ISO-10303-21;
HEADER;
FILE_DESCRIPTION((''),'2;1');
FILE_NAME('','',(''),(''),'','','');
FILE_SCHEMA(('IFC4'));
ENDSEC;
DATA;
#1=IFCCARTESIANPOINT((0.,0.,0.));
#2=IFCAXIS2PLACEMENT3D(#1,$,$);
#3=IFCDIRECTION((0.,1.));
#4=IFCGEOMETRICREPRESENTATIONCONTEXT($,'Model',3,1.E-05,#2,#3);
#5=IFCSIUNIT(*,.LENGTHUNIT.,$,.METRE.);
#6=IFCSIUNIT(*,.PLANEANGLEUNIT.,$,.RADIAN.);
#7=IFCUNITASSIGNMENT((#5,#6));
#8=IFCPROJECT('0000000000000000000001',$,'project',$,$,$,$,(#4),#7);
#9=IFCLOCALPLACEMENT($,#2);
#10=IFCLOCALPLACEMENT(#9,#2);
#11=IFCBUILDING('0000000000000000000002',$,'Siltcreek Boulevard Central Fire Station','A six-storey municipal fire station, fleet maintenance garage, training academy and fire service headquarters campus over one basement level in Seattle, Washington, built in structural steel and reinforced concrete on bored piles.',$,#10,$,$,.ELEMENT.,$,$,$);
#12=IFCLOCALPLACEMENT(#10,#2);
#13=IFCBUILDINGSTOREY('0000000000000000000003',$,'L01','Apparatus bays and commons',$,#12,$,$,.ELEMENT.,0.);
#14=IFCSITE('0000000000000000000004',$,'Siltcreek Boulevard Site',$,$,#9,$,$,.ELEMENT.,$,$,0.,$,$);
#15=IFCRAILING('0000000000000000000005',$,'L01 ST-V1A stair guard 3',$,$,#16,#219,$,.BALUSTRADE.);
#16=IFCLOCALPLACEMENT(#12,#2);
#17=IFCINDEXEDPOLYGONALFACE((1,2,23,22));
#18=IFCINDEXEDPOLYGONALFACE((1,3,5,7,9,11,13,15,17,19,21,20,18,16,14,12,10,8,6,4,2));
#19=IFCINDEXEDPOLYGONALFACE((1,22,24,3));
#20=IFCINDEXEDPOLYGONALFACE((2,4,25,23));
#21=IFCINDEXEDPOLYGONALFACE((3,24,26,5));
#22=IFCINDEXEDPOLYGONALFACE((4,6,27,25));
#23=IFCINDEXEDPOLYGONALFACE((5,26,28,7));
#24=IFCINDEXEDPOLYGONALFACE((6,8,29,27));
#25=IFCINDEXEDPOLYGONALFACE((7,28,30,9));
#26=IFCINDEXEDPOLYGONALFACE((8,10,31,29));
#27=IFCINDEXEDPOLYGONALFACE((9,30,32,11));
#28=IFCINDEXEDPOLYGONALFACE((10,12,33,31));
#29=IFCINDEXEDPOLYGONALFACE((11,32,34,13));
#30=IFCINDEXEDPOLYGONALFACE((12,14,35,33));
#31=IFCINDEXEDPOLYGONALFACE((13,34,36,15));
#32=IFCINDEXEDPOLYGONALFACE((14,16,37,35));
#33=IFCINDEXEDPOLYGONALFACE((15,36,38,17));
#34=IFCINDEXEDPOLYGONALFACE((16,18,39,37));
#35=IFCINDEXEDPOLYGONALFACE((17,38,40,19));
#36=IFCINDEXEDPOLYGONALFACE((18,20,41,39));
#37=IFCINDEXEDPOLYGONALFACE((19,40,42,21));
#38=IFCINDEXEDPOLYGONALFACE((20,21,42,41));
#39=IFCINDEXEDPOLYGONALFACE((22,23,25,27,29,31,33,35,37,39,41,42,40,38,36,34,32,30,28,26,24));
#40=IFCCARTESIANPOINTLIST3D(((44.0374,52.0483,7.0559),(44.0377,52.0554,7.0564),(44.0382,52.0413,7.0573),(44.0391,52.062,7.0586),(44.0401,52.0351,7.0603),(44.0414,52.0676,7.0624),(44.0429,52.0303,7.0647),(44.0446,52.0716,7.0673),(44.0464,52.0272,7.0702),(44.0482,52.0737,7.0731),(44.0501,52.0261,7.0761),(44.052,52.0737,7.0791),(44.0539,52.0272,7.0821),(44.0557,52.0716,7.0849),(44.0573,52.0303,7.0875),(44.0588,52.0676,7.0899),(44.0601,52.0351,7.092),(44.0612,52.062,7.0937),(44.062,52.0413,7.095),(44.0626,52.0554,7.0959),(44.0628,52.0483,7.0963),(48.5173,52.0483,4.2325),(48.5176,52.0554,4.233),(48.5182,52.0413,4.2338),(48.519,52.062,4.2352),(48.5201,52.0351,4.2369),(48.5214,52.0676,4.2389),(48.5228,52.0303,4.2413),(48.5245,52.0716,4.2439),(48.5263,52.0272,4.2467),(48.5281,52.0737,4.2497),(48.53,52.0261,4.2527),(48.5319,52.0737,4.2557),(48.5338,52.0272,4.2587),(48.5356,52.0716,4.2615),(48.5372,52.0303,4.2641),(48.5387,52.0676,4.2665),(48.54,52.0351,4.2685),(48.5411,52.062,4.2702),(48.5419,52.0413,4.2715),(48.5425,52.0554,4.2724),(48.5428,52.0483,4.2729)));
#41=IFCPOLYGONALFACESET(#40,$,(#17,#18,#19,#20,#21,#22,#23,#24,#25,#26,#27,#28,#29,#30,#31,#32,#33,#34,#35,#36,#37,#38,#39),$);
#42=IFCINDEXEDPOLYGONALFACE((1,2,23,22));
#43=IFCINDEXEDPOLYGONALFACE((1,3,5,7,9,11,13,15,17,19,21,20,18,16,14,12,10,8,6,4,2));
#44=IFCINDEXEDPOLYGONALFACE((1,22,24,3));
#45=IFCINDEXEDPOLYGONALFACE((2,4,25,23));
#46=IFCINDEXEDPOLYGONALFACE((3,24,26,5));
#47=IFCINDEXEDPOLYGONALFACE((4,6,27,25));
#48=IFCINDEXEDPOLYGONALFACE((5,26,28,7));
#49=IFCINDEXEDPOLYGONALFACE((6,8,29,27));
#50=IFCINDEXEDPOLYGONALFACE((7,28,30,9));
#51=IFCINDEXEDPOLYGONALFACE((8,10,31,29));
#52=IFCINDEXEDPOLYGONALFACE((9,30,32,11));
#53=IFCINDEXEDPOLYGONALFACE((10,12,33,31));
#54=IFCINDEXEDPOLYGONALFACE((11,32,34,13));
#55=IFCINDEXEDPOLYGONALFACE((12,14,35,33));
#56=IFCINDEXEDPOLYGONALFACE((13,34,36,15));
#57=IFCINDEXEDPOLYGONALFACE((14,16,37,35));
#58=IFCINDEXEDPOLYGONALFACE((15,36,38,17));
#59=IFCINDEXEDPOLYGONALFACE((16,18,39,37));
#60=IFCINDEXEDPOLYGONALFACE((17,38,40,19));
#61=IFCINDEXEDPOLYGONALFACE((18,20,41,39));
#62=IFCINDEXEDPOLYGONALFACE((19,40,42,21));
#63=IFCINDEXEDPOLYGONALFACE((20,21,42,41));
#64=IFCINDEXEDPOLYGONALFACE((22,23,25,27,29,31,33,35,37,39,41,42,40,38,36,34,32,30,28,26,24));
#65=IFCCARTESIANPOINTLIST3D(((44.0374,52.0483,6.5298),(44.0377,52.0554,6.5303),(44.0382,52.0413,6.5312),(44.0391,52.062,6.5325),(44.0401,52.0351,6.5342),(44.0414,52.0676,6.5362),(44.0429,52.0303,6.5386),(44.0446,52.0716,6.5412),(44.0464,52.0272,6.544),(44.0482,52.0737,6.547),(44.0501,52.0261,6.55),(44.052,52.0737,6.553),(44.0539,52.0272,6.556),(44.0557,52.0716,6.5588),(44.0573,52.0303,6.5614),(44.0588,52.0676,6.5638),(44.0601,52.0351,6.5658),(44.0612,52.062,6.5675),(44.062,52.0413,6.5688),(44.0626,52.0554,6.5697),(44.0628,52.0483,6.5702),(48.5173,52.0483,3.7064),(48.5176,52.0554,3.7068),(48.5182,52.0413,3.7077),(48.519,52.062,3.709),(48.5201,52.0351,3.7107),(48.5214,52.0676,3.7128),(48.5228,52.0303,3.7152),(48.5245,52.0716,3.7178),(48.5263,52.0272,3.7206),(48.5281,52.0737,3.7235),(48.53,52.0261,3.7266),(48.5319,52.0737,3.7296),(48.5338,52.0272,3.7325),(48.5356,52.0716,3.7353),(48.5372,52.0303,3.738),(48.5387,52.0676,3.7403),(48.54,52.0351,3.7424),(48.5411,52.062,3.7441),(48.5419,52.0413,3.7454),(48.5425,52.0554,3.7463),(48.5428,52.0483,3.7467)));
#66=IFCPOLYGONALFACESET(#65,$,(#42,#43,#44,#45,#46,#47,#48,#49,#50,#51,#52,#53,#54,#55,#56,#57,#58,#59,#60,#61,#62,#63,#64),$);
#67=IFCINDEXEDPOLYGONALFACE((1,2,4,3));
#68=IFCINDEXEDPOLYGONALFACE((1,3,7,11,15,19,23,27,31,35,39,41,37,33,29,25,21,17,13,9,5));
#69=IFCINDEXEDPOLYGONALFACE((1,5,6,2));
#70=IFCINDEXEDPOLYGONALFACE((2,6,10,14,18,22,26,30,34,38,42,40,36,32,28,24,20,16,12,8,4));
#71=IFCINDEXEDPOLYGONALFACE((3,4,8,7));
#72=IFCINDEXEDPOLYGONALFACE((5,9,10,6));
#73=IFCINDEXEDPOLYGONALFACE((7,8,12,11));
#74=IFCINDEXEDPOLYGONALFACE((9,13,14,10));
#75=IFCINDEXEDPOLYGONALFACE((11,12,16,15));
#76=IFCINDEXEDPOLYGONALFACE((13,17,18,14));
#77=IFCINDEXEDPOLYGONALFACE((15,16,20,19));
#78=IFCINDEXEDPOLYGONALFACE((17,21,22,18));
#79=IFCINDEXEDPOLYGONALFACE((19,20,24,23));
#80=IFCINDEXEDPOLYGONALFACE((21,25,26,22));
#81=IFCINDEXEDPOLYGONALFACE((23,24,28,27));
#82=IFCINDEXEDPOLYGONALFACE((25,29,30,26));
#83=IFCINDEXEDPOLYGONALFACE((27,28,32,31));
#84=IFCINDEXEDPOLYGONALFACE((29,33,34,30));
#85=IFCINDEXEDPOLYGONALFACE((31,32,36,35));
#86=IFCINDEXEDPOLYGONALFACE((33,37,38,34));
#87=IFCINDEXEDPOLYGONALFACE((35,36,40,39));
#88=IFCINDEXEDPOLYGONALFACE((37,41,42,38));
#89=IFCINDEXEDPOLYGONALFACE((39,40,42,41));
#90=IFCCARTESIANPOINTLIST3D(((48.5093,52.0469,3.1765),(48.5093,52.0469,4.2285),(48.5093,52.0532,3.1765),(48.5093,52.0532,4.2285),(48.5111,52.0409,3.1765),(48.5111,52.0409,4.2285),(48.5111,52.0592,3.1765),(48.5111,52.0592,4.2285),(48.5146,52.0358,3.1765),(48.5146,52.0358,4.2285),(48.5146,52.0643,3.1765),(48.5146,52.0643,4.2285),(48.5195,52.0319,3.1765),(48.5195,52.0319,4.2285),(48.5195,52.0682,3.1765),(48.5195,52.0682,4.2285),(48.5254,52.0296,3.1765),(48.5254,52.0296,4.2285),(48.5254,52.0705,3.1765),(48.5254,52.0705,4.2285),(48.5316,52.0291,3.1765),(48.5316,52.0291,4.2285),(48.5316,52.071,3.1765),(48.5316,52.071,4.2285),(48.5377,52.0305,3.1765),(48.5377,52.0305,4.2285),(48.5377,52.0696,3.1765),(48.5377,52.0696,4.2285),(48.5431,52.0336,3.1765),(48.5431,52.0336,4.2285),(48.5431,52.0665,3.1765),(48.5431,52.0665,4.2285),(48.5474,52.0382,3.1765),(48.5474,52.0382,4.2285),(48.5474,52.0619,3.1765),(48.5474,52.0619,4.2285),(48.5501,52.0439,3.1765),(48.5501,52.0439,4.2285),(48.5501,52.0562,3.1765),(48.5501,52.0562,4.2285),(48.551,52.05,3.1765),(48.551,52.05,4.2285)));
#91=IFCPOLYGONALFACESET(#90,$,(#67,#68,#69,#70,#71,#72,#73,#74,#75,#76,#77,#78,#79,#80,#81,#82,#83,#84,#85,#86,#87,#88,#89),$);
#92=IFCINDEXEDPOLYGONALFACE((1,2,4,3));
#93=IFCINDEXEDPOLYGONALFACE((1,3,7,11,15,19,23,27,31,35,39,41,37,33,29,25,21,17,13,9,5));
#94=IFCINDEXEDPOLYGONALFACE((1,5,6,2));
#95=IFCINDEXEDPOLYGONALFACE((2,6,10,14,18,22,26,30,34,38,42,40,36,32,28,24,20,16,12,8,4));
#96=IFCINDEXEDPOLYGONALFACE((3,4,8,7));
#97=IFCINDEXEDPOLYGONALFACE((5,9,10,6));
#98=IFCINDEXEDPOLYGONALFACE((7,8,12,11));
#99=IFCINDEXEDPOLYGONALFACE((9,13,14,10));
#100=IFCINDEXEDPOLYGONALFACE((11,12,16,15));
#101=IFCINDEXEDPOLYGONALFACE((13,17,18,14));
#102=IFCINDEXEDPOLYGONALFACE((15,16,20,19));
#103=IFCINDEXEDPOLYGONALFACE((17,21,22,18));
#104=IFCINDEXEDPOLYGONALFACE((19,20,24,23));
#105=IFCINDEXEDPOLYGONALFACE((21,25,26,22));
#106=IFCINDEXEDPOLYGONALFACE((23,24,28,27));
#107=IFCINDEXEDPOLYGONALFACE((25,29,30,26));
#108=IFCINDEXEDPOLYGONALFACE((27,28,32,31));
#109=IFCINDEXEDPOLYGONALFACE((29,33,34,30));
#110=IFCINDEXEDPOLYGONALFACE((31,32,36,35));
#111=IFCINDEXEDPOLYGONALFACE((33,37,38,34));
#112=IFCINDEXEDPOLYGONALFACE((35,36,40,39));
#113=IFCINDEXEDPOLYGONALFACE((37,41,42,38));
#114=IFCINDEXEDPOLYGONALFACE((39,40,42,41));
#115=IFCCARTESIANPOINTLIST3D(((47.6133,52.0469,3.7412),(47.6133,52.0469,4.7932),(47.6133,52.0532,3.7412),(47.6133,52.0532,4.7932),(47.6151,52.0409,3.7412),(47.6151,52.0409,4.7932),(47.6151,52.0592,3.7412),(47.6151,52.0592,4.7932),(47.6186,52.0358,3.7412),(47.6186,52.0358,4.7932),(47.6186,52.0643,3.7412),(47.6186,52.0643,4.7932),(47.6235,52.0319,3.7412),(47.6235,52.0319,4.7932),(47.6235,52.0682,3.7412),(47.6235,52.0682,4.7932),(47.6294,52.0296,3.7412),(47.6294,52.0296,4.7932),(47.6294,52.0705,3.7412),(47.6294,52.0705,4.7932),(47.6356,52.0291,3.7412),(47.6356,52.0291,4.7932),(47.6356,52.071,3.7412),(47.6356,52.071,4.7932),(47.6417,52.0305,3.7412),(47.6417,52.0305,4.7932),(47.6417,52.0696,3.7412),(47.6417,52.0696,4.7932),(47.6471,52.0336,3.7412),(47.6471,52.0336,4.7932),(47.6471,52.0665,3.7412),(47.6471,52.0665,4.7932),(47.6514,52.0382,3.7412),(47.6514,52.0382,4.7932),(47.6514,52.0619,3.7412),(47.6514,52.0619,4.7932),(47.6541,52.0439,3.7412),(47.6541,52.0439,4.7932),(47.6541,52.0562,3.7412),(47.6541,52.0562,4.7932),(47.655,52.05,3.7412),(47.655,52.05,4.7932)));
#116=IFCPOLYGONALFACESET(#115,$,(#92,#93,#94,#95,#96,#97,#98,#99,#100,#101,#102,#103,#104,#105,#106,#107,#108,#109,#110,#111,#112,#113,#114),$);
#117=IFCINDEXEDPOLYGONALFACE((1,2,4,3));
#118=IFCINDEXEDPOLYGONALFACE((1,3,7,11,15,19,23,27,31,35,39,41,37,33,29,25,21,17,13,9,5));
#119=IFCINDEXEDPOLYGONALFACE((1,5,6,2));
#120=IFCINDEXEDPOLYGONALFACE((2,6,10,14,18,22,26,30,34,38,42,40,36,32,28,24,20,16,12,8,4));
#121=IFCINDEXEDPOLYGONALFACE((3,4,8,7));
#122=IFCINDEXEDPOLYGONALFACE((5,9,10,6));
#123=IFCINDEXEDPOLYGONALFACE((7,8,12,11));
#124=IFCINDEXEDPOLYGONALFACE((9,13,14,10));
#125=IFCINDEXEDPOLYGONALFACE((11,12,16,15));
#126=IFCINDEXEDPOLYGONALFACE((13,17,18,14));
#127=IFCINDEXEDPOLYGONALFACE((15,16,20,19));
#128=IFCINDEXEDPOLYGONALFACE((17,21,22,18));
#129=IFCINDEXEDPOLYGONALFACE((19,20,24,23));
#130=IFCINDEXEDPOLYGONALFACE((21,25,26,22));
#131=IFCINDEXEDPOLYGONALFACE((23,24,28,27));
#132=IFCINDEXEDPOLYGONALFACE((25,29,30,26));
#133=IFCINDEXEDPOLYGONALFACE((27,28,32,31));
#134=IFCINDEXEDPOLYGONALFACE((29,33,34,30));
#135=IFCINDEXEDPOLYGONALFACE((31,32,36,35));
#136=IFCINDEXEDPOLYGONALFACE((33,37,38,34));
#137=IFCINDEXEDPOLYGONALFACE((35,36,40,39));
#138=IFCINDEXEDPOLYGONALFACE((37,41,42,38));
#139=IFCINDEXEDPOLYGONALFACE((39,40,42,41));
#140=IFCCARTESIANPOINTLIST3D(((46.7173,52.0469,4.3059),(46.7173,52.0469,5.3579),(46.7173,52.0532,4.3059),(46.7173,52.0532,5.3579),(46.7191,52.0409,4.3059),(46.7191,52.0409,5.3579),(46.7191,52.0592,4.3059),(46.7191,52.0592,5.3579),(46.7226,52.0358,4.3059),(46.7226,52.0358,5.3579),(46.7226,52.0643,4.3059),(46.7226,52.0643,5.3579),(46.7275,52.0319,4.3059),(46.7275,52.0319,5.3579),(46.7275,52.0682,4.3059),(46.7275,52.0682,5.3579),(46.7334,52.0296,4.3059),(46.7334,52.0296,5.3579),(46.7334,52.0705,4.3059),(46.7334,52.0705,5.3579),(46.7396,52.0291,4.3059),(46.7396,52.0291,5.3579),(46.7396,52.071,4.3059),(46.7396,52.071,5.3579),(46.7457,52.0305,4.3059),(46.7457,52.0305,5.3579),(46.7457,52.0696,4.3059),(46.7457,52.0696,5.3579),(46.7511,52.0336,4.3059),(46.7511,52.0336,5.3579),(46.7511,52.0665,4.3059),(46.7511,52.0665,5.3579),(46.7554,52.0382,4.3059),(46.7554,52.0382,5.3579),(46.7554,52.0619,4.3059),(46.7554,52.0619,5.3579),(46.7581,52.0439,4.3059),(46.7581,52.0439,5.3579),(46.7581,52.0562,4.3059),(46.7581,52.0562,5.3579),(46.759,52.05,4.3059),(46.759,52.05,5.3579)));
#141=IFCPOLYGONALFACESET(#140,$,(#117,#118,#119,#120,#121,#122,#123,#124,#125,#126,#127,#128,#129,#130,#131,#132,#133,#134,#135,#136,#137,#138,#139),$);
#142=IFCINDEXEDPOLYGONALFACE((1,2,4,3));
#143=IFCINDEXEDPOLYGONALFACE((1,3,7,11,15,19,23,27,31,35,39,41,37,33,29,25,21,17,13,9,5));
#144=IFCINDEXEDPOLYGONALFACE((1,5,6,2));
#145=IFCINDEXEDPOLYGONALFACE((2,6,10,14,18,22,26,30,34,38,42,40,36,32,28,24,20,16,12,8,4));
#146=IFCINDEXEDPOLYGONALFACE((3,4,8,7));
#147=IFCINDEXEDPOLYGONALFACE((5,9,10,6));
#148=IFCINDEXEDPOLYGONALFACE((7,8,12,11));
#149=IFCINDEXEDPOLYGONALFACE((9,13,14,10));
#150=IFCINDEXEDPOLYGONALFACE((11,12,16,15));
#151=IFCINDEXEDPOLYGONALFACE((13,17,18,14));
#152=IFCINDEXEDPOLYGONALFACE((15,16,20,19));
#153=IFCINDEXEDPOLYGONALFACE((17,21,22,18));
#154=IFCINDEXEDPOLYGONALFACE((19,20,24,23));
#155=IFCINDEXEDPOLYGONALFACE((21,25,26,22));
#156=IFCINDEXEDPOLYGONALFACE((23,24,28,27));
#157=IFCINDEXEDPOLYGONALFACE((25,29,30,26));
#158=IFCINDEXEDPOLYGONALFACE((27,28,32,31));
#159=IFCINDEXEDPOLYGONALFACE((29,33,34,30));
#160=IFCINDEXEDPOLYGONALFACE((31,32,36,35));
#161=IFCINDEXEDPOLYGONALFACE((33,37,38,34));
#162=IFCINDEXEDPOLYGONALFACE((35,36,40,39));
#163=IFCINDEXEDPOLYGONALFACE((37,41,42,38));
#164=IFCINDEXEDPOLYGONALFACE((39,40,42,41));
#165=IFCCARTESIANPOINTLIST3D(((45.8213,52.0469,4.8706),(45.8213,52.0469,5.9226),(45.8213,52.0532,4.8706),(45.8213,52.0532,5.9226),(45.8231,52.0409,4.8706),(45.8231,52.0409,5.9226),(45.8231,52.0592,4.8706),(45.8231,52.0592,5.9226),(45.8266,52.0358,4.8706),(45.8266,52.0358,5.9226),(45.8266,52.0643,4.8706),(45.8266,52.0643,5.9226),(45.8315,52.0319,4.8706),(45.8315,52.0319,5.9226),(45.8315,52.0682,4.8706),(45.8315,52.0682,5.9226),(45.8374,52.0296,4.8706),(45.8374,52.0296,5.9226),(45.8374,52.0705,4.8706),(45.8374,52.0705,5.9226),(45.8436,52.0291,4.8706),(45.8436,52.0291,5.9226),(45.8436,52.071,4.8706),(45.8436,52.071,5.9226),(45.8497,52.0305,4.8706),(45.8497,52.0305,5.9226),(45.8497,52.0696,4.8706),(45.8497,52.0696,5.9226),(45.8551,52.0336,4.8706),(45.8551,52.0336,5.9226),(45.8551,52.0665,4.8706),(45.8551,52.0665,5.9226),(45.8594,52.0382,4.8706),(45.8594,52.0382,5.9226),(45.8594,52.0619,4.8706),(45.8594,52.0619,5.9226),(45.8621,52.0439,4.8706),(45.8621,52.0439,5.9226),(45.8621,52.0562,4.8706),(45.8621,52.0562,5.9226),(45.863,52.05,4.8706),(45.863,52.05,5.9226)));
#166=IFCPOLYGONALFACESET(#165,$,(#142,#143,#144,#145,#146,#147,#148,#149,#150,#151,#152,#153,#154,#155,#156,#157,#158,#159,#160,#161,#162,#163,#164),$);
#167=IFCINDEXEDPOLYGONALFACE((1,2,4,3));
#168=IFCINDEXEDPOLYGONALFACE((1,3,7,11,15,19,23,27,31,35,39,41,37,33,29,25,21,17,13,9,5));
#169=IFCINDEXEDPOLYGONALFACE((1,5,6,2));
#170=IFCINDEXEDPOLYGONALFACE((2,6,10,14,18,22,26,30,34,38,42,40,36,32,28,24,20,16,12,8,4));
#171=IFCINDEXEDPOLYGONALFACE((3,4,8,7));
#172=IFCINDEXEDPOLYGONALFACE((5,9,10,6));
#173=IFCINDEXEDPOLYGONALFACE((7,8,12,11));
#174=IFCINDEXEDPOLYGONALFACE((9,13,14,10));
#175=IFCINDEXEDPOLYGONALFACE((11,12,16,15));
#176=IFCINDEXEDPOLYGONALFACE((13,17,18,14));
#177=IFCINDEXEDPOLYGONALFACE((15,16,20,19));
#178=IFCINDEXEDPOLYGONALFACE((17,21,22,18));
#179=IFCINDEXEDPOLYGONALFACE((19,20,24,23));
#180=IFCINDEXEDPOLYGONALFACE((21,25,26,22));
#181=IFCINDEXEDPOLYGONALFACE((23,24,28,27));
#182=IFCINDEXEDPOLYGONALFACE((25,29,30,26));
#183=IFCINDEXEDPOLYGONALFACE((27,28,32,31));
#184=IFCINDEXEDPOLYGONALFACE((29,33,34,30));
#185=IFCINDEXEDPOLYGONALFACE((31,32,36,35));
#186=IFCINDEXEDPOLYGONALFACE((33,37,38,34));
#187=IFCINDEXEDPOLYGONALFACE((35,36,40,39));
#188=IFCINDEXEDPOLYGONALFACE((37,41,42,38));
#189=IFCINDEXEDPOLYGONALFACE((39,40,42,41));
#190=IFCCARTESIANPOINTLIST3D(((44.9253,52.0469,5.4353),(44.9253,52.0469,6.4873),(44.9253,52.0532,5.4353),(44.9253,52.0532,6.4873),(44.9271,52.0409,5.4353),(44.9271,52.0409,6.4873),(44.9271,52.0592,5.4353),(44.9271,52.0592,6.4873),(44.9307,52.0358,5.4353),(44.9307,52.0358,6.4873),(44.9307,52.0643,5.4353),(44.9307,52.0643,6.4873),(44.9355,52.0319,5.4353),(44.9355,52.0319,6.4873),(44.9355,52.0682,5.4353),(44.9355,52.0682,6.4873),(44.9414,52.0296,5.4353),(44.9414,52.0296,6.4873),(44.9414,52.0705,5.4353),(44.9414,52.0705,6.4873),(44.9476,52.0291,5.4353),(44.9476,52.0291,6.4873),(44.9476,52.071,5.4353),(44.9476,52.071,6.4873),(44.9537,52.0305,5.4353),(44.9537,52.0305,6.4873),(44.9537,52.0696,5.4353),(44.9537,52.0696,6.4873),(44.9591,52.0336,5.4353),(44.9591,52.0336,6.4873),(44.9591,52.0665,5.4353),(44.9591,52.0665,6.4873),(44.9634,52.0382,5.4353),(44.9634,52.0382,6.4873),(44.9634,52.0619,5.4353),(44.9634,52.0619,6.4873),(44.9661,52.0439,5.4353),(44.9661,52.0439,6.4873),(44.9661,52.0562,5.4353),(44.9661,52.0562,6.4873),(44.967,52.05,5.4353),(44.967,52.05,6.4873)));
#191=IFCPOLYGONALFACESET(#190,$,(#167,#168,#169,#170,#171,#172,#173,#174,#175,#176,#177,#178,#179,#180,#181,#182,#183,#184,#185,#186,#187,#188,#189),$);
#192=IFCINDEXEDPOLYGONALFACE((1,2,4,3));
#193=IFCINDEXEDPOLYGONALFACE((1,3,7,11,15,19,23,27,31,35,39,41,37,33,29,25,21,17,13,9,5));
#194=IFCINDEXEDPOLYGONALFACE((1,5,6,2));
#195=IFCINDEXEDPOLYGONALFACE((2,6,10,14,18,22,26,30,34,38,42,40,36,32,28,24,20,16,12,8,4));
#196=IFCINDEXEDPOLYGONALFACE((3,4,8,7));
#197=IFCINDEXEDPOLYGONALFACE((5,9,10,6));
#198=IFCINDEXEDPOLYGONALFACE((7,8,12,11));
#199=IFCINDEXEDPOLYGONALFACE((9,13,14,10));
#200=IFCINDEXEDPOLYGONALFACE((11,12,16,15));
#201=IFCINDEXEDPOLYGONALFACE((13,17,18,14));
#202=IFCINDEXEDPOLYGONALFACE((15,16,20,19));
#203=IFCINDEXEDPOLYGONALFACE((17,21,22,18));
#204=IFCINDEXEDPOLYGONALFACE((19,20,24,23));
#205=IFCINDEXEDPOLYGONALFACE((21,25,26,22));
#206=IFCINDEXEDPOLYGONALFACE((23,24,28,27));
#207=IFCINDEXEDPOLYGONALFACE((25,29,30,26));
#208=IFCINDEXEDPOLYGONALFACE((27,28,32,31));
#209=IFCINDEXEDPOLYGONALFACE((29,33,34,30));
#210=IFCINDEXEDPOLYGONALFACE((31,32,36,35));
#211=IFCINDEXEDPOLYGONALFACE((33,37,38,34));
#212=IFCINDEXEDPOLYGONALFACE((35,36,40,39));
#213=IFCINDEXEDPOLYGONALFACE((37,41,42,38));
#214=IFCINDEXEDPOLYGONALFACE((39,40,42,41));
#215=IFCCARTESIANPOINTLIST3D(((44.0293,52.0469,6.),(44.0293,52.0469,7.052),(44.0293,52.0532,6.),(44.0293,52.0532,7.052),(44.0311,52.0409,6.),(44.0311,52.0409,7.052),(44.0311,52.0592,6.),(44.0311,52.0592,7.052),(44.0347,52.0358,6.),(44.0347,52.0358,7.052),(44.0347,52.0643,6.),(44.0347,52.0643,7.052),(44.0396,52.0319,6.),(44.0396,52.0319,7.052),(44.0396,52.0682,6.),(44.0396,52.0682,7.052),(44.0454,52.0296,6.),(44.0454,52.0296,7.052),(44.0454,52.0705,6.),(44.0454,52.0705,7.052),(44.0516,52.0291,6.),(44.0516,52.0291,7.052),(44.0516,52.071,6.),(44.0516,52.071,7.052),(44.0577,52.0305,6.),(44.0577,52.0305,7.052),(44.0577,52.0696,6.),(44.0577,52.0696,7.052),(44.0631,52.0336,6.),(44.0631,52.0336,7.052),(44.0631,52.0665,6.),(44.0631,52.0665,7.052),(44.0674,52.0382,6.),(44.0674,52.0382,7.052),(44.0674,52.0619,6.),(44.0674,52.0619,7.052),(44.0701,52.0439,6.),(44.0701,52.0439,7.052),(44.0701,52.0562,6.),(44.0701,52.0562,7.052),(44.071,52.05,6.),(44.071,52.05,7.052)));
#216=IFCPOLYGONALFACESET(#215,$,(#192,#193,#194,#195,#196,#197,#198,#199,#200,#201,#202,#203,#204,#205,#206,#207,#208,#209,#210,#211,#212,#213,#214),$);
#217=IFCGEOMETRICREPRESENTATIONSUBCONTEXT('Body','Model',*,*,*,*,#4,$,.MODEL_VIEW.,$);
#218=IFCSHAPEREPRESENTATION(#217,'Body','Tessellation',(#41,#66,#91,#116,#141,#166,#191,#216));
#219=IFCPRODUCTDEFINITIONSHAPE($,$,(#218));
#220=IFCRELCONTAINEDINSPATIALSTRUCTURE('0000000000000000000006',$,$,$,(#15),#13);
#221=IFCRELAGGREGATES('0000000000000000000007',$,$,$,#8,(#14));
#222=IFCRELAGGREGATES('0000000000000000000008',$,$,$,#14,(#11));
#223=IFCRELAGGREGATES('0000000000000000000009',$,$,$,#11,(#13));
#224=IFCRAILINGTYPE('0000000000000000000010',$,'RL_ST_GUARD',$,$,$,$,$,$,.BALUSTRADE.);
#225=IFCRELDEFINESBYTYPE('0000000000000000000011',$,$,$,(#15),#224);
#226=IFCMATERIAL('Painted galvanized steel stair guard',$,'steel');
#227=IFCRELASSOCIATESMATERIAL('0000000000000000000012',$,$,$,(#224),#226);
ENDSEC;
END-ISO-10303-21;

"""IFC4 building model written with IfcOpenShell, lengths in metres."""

from ifc_helpers import new_model, si_unit, direction, frame, origin, origin_2d, place, context, subcontext, project, spatial, circle, extrude, material, type_object, element, save


model = new_model("IFC4")

# Units and contexts
model_context = context("Model", 3, precision=1e-05, world=origin(), true_north=direction((0.0, 1.0)))
body_context = subcontext(model_context, "Body", "Model", "MODEL_VIEW")
ifc_project = project(units=[si_unit("LENGTHUNIT", "METRE"), si_unit("PLANEANGLEUNIT", "RADIAN")], contexts=[model_context])

# Site, building, storey
site_placement = place(None, origin())
site = spatial("IfcSite", under=ifc_project, at=site_placement, Name="Siltcreek Boulevard Site", CompositionType="ELEMENT", RefElevation=0.0)
building_placement = place(site_placement, origin())
building = spatial("IfcBuilding", under=site, at=building_placement, Name="Siltcreek Boulevard Central Fire Station", Description="A six-storey municipal fire station, fleet maintenance garage, training academy and fire service headquarters campus over one basement level in Seattle, Washington, built in structural steel and reinforced concrete on bored piles.", CompositionType="ELEMENT")
storey_placement = place(building_placement, origin())
storey = spatial("IfcBuildingStorey", under=building, at=storey_placement, Name="L01", Description="Apparatus bays and commons", CompositionType="ELEMENT", Elevation=0.0)

# Railing
ifc_material_1 = material(Name="Painted galvanized steel stair guard", Category="steel")
railing_type_1 = type_object("IfcRailingType", Name="RL_ST_GUARD", PredefinedType="BALUSTRADE", material=ifc_material_1)
railing_1_placement = place(storey_placement, frame((48.53, 52.05, 3.1765)))
element("IfcRailing", 1, at=railing_1_placement, inside=storey, type_object=railing_type_1, Name="L01 ST-V1A stair guard 3", PredefinedType="BALUSTRADE", context=body_context, shape_type="SweptSolid", body=[
    extrude(circle(Radius=0.0239, at=origin_2d()), frame((0.0, 0.0, 1.0762), z_axis=(-0.845998, 0.0, 0.533186), x_axis=(0.0, -1.0, 0.0)), (0.0, 0.0, 1.0), 5.2954),
    extrude(circle(Radius=0.0239, at=origin_2d()), frame((0.0, 0.0, 0.55), z_axis=(-0.845998, 0.0, 0.533186), x_axis=(0.0, -1.0, 0.0)), (0.0, 0.0, 1.0), 5.2954),
    extrude(circle(Radius=0.021, at=origin_2d()), origin(), (0.0, 0.0, 1.0), 1.052),
    extrude(circle(Radius=0.021, at=origin_2d()), frame((-0.896, 0.0, 0.5647)), (0.0, 0.0, 1.0), 1.052),
    extrude(circle(Radius=0.021, at=origin_2d()), frame((-1.792, 0.0, 1.1294)), (0.0, 0.0, 1.0), 1.052),
    extrude(circle(Radius=0.021, at=origin_2d()), frame((-2.688, 0.0, 1.6941)), (0.0, 0.0, 1.0), 1.052),
    extrude(circle(Radius=0.021, at=origin_2d()), frame((-3.584, 0.0, 2.2588)), (0.0, 0.0, 1.0), 1.052),
    extrude(circle(Radius=0.021, at=origin_2d()), frame((-4.48, 0.0, 2.8235)), (0.0, 0.0, 1.0), 1.052),
])

save(model, "model.ifc")
